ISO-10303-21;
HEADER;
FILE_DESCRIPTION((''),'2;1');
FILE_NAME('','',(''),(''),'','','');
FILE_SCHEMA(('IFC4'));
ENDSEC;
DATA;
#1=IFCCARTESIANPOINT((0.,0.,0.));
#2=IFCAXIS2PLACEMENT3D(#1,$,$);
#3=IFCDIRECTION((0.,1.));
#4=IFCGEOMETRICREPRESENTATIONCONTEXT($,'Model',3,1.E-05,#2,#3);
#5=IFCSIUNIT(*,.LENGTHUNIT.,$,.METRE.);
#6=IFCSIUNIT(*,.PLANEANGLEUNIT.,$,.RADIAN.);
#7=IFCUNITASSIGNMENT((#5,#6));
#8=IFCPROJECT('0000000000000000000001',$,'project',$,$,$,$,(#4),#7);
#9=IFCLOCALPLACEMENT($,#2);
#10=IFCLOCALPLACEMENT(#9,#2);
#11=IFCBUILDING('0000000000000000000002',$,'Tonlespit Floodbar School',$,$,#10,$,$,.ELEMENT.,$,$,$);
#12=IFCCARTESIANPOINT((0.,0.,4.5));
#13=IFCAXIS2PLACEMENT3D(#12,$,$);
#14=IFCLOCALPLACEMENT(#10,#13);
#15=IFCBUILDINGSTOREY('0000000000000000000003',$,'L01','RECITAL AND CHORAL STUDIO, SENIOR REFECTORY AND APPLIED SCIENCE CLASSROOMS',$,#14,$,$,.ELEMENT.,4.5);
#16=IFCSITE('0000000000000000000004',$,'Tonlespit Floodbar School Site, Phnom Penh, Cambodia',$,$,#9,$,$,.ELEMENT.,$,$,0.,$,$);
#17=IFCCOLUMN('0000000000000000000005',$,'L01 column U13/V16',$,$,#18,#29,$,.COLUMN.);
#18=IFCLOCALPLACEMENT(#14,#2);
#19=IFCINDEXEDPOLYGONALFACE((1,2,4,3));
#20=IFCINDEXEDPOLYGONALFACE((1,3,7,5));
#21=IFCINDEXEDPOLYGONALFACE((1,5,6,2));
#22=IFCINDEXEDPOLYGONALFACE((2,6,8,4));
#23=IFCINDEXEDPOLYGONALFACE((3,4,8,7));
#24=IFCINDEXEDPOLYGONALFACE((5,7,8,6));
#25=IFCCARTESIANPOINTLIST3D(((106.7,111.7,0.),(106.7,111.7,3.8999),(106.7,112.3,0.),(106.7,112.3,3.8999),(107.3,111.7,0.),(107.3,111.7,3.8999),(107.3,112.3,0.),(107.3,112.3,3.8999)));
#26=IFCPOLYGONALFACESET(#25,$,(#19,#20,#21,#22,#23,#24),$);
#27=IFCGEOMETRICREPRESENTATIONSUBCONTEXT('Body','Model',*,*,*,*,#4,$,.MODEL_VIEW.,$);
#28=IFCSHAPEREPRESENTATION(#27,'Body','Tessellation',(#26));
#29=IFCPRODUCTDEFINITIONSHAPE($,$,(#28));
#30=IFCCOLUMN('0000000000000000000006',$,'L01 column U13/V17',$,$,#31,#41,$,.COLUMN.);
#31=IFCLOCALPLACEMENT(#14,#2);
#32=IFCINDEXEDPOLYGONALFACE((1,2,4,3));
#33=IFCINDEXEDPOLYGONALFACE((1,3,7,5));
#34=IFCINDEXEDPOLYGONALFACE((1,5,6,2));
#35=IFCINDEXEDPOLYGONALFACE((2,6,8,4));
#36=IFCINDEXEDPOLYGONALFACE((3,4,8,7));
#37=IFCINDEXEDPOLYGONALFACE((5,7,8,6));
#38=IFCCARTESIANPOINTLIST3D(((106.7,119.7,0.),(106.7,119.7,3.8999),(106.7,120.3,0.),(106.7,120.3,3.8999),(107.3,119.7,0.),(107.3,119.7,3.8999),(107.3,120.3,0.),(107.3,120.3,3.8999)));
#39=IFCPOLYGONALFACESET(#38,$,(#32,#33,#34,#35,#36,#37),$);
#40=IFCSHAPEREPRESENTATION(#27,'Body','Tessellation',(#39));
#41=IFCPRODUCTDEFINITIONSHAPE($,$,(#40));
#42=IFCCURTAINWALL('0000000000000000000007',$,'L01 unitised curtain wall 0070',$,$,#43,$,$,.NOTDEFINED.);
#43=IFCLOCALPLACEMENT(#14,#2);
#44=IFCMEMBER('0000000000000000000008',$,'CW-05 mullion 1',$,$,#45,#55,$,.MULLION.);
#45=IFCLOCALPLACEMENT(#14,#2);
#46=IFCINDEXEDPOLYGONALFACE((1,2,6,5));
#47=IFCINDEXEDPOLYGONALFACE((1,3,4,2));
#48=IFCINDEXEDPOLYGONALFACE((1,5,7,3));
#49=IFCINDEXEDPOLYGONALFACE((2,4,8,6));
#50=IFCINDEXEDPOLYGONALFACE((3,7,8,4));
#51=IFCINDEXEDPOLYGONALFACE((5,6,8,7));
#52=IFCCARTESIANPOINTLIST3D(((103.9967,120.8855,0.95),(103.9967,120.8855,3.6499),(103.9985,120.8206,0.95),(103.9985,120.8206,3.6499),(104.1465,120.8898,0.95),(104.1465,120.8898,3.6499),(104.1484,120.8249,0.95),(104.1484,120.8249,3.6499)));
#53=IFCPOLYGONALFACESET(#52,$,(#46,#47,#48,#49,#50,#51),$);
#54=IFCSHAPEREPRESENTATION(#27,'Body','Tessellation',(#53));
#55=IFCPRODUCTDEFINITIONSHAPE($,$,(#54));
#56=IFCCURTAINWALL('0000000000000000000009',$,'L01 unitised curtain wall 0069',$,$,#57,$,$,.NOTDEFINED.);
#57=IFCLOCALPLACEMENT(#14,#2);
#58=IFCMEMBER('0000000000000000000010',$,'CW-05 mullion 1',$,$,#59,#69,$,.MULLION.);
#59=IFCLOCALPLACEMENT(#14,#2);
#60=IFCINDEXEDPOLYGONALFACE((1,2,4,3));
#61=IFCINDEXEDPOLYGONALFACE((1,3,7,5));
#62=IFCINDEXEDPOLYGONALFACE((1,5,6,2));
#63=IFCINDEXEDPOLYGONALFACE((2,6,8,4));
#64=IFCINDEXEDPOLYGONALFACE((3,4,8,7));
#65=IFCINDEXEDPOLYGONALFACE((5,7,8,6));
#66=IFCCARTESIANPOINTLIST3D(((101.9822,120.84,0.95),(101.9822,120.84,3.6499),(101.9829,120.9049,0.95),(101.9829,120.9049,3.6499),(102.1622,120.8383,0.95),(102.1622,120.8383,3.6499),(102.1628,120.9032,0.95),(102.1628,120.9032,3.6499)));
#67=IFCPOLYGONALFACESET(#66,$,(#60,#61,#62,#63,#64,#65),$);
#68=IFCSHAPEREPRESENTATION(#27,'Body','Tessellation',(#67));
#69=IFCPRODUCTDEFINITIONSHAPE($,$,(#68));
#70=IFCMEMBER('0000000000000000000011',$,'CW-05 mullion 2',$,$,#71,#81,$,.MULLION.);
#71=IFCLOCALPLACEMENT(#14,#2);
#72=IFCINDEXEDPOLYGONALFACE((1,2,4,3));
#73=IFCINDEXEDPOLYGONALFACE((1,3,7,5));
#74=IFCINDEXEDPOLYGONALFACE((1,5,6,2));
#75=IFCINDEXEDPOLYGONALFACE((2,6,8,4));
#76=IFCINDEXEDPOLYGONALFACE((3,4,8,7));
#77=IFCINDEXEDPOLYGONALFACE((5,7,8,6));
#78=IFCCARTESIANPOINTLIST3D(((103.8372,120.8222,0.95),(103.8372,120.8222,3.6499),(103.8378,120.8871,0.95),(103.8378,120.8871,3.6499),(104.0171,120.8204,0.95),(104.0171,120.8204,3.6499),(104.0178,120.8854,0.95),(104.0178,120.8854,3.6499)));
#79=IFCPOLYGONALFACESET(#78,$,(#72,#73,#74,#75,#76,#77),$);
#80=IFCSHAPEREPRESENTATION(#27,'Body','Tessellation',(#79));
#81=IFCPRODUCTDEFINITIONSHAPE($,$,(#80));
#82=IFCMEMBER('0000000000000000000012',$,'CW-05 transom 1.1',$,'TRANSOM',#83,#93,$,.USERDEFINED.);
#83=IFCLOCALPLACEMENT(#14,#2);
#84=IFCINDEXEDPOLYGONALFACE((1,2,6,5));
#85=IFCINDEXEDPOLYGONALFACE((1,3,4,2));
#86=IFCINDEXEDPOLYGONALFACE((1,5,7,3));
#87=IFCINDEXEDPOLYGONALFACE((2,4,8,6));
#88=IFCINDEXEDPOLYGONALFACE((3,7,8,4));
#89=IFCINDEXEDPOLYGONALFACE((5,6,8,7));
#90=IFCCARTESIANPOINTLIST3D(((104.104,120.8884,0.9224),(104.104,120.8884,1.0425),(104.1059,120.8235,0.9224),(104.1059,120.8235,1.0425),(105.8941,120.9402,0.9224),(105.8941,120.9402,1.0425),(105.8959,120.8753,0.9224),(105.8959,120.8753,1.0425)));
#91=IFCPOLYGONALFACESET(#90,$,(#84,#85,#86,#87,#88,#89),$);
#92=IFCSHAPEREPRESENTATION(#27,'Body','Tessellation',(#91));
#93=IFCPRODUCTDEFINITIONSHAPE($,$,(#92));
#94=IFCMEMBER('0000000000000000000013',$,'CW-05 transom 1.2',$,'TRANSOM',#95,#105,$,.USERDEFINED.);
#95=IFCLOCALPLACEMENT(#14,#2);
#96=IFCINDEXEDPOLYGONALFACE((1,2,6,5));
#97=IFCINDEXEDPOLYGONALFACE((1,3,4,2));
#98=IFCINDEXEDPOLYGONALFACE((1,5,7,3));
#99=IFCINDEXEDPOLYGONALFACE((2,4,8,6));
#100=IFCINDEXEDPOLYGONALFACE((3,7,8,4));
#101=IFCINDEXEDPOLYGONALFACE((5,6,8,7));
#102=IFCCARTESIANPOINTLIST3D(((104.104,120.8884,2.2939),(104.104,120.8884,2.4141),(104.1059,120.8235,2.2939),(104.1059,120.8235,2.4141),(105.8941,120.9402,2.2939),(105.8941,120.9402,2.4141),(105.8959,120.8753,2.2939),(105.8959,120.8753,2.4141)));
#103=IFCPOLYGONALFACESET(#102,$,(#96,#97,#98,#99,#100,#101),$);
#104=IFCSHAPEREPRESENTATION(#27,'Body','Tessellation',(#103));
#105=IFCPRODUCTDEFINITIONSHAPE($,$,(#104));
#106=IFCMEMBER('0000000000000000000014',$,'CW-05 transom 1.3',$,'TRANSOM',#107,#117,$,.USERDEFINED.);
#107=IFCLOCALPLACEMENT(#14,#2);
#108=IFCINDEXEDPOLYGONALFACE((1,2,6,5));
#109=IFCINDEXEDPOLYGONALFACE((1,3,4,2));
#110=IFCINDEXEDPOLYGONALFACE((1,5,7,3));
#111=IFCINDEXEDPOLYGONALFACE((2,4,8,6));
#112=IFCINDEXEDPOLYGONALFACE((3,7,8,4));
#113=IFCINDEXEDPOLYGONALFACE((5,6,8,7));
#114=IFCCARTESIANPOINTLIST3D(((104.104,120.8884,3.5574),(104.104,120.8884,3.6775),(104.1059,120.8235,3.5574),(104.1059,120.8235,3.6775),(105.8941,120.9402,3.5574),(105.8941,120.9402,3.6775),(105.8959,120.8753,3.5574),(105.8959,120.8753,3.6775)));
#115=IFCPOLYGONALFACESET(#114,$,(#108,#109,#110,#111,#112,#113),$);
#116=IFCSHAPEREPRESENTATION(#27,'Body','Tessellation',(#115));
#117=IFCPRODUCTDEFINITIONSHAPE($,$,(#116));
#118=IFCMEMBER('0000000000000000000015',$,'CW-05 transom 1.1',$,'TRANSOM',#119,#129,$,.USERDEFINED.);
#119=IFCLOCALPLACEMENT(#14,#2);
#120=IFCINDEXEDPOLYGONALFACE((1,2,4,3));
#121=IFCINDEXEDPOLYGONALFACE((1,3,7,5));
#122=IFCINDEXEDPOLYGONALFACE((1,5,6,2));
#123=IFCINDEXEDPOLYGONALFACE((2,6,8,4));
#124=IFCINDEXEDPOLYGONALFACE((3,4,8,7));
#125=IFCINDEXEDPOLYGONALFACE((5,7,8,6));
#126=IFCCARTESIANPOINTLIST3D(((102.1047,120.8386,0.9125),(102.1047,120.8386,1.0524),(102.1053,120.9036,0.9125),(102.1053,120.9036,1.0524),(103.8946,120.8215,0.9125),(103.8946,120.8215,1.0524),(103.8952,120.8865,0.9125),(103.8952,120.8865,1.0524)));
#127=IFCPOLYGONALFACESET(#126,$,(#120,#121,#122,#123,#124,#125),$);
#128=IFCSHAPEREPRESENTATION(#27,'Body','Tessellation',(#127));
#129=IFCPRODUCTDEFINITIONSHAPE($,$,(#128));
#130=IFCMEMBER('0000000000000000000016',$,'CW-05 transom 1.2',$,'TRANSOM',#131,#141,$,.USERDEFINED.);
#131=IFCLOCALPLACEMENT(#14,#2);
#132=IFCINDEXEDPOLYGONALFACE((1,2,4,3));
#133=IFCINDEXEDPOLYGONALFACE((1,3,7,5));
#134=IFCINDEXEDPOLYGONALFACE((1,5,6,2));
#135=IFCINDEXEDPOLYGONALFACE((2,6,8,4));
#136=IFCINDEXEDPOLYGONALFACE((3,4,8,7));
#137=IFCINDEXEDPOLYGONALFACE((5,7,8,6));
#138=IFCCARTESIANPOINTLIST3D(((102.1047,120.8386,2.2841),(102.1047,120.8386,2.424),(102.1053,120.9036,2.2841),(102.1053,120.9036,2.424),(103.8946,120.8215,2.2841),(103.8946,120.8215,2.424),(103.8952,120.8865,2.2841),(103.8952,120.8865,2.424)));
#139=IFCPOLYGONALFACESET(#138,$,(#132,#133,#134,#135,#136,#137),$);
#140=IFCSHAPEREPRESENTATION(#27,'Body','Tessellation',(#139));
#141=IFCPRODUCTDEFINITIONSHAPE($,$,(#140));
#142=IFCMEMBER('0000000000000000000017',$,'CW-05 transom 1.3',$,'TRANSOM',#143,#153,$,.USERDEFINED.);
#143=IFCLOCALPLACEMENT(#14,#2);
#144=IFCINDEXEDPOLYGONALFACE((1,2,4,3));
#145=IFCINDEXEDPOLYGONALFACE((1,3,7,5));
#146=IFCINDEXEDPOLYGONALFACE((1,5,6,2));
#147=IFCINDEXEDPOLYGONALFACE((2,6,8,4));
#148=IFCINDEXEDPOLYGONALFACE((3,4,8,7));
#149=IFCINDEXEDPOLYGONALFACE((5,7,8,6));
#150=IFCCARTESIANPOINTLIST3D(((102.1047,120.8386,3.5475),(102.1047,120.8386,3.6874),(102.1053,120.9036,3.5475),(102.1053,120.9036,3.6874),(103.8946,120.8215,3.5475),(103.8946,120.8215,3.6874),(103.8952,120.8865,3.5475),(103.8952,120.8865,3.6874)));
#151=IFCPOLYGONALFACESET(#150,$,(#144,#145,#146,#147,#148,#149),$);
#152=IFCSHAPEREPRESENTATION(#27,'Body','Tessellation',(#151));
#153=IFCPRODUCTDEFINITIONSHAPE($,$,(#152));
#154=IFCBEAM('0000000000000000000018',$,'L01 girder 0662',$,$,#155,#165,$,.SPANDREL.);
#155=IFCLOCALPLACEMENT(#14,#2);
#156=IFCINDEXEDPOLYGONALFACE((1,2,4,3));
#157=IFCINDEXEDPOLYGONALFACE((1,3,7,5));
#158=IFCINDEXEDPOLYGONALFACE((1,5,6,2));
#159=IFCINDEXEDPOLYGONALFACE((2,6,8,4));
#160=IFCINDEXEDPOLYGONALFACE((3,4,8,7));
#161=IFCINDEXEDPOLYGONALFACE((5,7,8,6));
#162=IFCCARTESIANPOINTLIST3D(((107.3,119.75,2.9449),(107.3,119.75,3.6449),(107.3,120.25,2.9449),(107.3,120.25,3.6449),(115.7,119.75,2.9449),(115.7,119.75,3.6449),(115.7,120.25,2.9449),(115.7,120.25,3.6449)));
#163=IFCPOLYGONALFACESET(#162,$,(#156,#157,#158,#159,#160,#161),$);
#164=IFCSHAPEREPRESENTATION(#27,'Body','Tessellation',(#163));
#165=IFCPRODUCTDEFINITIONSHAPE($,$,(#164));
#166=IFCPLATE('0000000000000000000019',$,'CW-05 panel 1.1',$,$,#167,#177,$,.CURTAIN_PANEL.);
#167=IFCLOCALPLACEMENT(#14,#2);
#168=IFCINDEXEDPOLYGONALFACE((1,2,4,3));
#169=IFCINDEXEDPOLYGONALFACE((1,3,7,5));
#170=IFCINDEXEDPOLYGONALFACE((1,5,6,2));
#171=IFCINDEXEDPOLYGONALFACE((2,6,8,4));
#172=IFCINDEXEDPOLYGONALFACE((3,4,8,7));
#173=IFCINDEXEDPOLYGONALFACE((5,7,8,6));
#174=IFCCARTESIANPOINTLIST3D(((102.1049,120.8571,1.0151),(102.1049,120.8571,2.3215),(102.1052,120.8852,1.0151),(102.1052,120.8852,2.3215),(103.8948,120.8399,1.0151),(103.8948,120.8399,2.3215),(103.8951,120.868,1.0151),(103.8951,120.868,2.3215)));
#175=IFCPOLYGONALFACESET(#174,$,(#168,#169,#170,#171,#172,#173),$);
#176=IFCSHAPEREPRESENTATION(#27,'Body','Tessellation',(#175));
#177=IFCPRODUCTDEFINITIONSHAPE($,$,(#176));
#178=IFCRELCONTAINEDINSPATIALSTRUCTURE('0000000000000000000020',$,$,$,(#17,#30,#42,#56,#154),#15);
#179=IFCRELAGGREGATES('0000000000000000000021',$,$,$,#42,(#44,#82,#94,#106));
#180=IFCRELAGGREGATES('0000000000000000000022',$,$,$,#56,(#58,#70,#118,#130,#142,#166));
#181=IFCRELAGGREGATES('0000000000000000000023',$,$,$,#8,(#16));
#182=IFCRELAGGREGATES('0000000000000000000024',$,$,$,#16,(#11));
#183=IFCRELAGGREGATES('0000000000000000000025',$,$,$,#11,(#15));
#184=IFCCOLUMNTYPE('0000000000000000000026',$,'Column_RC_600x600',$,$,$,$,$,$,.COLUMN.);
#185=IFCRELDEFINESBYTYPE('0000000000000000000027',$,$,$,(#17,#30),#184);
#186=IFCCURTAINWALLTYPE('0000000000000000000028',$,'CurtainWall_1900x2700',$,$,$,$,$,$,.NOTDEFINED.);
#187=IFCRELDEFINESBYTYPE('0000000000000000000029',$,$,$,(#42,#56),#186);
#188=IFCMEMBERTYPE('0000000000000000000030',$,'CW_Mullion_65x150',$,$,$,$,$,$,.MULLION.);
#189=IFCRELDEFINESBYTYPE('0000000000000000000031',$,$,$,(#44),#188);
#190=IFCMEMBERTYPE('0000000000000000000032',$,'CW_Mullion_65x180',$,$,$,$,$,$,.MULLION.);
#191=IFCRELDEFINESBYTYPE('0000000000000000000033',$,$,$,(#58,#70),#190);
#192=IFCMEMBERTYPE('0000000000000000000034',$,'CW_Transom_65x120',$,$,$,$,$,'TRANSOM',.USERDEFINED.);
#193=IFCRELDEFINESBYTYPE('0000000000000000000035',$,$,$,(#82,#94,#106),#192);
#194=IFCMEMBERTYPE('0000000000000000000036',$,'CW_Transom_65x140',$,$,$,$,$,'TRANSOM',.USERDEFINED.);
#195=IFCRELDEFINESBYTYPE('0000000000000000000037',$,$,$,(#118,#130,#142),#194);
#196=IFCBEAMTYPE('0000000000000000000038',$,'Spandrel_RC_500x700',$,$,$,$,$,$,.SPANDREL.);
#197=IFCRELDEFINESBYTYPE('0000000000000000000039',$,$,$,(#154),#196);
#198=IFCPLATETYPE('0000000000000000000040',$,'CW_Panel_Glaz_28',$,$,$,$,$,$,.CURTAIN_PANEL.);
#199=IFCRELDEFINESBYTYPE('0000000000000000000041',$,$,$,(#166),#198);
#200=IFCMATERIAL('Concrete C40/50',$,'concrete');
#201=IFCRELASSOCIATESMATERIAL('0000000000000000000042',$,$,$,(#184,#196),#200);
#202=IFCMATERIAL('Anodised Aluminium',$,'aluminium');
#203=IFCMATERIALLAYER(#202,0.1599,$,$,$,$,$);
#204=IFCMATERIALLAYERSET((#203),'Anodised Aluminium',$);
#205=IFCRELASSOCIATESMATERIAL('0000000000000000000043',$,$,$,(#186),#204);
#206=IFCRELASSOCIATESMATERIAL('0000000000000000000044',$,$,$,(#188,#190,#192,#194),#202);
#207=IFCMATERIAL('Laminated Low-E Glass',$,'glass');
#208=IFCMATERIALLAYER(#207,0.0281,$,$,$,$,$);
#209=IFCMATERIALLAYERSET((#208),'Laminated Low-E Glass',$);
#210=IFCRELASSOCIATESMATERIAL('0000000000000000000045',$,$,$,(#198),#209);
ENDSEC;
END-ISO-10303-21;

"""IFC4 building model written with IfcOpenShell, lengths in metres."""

from ifc_helpers import new_model, si_unit, direction, frame, origin, origin_2d, place, context, subcontext, project, spatial, rectangle, extrude, material, layer, layer_set, material_profile, profile_set, type_object, element, aggregate, save


model = new_model("IFC4")

# Units and contexts
model_context = context("Model", 3, precision=1e-05, world=origin(), true_north=direction((0.0, 1.0)))
body_context = subcontext(model_context, "Body", "Model", "MODEL_VIEW")
ifc_project = project(units=[si_unit("LENGTHUNIT", "METRE"), si_unit("PLANEANGLEUNIT", "RADIAN")], contexts=[model_context])

# Site, building, storey
site_placement = place(None, origin())
site = spatial("IfcSite", under=ifc_project, at=site_placement, Name="Tonlespit Floodbar School Site, Phnom Penh, Cambodia", CompositionType="ELEMENT", RefElevation=0.0)
building_placement = place(site_placement, origin())
building = spatial("IfcBuilding", under=site, at=building_placement, Name="Tonlespit Floodbar School", CompositionType="ELEMENT")
storey_placement = place(building_placement, frame((0.0, 0.0, 4.5)))
storey = spatial("IfcBuildingStorey", under=building, at=storey_placement, Name="L01", Description="RECITAL AND CHORAL STUDIO, SENIOR REFECTORY AND APPLIED SCIENCE CLASSROOMS", CompositionType="ELEMENT", Elevation=4.5)

# Columns
ifc_material_1 = material(Name="Concrete C40/50", Category="concrete")
ifc_material_profile_1 = material_profile(ifc_material_1, rectangle(XDim=0.6001, YDim=0.6001, at=origin_2d()), Name="RC 600x600")
ifc_profile_set_1 = profile_set([ifc_material_profile_1], Name="Concrete C40/50")
column_type = type_object("IfcColumnType", Name="Column_RC_600x600", PredefinedType="COLUMN", material=ifc_profile_set_1)
for number, where, z_axis, x_axis, name in (
    (1, (107.0, 112.0, 0.0), (0.0, 0.0, 1.0), (1.0, 0.0, 0.0), "L01 column U13/V16"),
    (2, (107.0, 120.0, 0.0), (0.0, 0.0, 1.0), (1.0, 0.0, 0.0), "L01 column U13/V17"),
):
    element("IfcColumn", number, at=place(storey_placement, frame(where, z_axis=z_axis, x_axis=x_axis)), inside=storey, type_object=column_type, Name=name, PredefinedType="COLUMN", context=body_context, shape_type="SweptSolid", body=[
        extrude(rectangle(XDim=0.6001, YDim=0.6001, at=origin_2d()), origin(), (0.0, 0.0, 1.0), 3.8999),
    ])

# Curtain wall, member
ifc_material_2 = material(Name="Anodised Aluminium", Category="aluminium")
ifc_layer_1 = layer(ifc_material_2, 0.1599)
ifc_layer_set_1 = layer_set([ifc_layer_1], Name="Anodised Aluminium")
curtain_wall_type = type_object("IfcCurtainWallType", Name="CurtainWall_1900x2700", PredefinedType="NOTDEFINED", material=ifc_layer_set_1)
curtain_wall_1_placement = place(storey_placement, origin())
curtain_wall_1 = element("IfcCurtainWall", 3, at=curtain_wall_1_placement, inside=storey, type_object=curtain_wall_type, Name="L01 unitised curtain wall 0070", PredefinedType="NOTDEFINED")
ifc_material_profile_2 = material_profile(ifc_material_2, rectangle(XDim=0.0649, YDim=0.1499, at=origin_2d()), Name="ALU M65x150")
ifc_profile_set_2 = profile_set([ifc_material_profile_2], Name="Anodised Aluminium")
member_type_1 = type_object("IfcMemberType", Name="CW_Mullion_65x150", PredefinedType="MULLION", material=ifc_profile_set_2)
member_1_placement = place(storey_placement, frame((104.0725, 120.8552, 0.95), z_axis=(0.0, 0.0, 1.0), x_axis=(-0.02879, 0.999585, 0.0)))
member_1 = element("IfcMember", 4, at=member_1_placement, type_object=member_type_1, Name="CW-05 mullion 1", PredefinedType="MULLION", context=body_context, shape_type="SweptSolid", body=[
    extrude(rectangle(XDim=0.0649, YDim=0.1499, at=origin_2d()), origin(), (0.0, 0.0, 1.0), 2.7),
])

# Curtain wall, members
curtain_wall_2_placement = place(storey_placement, origin())
curtain_wall_2 = element("IfcCurtainWall", 5, at=curtain_wall_2_placement, inside=storey, type_object=curtain_wall_type, Name="L01 unitised curtain wall 0069", PredefinedType="NOTDEFINED")
ifc_material_profile_3 = material_profile(ifc_material_2, rectangle(XDim=0.0649, YDim=0.1799, at=origin_2d()), Name="ALU M65x180")
ifc_profile_set_3 = profile_set([ifc_material_profile_3], Name="Anodised Aluminium")
member_type_2 = type_object("IfcMemberType", Name="CW_Mullion_65x180", PredefinedType="MULLION", material=ifc_profile_set_3)
member_2_placement = place(storey_placement, frame((102.0725, 120.8716, 0.95), z_axis=(0.0, 0.0, 1.0), x_axis=(0.009583, 0.999954, 0.0)))
member_2 = element("IfcMember", 6, at=member_2_placement, type_object=member_type_2, Name="CW-05 mullion 1", PredefinedType="MULLION", context=body_context, shape_type="SweptSolid", body=[
    extrude(rectangle(XDim=0.0649, YDim=0.1799, at=origin_2d()), origin(), (0.0, 0.0, 1.0), 2.7),
])
member_3_placement = place(storey_placement, frame((103.9275, 120.8538, 0.95), z_axis=(0.0, 0.0, 1.0), x_axis=(0.009583, 0.999954, 0.0)))
member_3 = element("IfcMember", 7, at=member_3_placement, type_object=member_type_2, Name="CW-05 mullion 2", PredefinedType="MULLION", context=body_context, shape_type="SweptSolid", body=[
    extrude(rectangle(XDim=0.0649, YDim=0.1799, at=origin_2d()), origin(), (0.0, 0.0, 1.0), 2.7),
])

# Members
ifc_material_profile_4 = material_profile(ifc_material_2, rectangle(XDim=0.0649, YDim=0.1201, at=origin_2d()), Name="ALU T65x120")
ifc_profile_set_4 = profile_set([ifc_material_profile_4], Name="Anodised Aluminium")
member_type_3 = type_object("IfcMemberType", Name="CW_Transom_65x120", ElementType="TRANSOM", PredefinedType="USERDEFINED", material=ifc_profile_set_4)
member_4_placement = place(storey_placement, frame((104.105, 120.856, 0.9824), z_axis=(0.999582, 0.028902, 0.0), x_axis=(-0.028902, 0.999582, 0.0)))
member_4 = element("IfcMember", 8, at=member_4_placement, type_object=member_type_3, Name="CW-05 transom 1.1", ObjectType="TRANSOM", PredefinedType="USERDEFINED", context=body_context, shape_type="SweptSolid", body=[
    extrude(rectangle(XDim=0.0649, YDim=0.1201, at=origin_2d()), origin(), (0.0, 0.0, 1.0), 1.7908),
])
member_5_placement = place(storey_placement, frame((104.105, 120.856, 2.354), z_axis=(0.999582, 0.028902, 0.0), x_axis=(-0.028902, 0.999582, 0.0)))
member_5 = element("IfcMember", 9, at=member_5_placement, type_object=member_type_3, Name="CW-05 transom 1.2", ObjectType="TRANSOM", PredefinedType="USERDEFINED", context=body_context, shape_type="SweptSolid", body=[
    extrude(rectangle(XDim=0.0649, YDim=0.1201, at=origin_2d()), origin(), (0.0, 0.0, 1.0), 1.7908),
])
member_6_placement = place(storey_placement, frame((104.105, 120.856, 3.6174), z_axis=(0.999582, 0.028902, 0.0), x_axis=(-0.028902, 0.999582, 0.0)))
member_6 = element("IfcMember", 10, at=member_6_placement, type_object=member_type_3, Name="CW-05 transom 1.3", ObjectType="TRANSOM", PredefinedType="USERDEFINED", context=body_context, shape_type="SweptSolid", body=[
    extrude(rectangle(XDim=0.0649, YDim=0.1201, at=origin_2d()), origin(), (0.0, 0.0, 1.0), 1.7908),
])
aggregate(curtain_wall_1, [member_1, member_4, member_5, member_6])
ifc_material_profile_5 = material_profile(ifc_material_2, rectangle(XDim=0.0649, YDim=0.1399, at=origin_2d()), Name="ALU T65x140")
ifc_profile_set_5 = profile_set([ifc_material_profile_5], Name="Anodised Aluminium")
member_type_4 = type_object("IfcMemberType", Name="CW_Transom_65x140", ElementType="TRANSOM", PredefinedType="USERDEFINED", material=ifc_profile_set_5)
member_7_placement = place(storey_placement, frame((102.105, 120.8711, 0.9824), z_axis=(0.999954, -0.009547, 0.0), x_axis=(0.009547, 0.999954, 0.0)))
member_7 = element("IfcMember", 11, at=member_7_placement, type_object=member_type_4, Name="CW-05 transom 1.1", ObjectType="TRANSOM", PredefinedType="USERDEFINED", context=body_context, shape_type="SweptSolid", body=[
    extrude(rectangle(XDim=0.0649, YDim=0.1399, at=origin_2d()), origin(), (0.0, 0.0, 1.0), 1.79),
])
member_8_placement = place(storey_placement, frame((102.105, 120.8711, 2.354), z_axis=(0.999954, -0.009547, 0.0), x_axis=(0.009547, 0.999954, 0.0)))
member_8 = element("IfcMember", 12, at=member_8_placement, type_object=member_type_4, Name="CW-05 transom 1.2", ObjectType="TRANSOM", PredefinedType="USERDEFINED", context=body_context, shape_type="SweptSolid", body=[
    extrude(rectangle(XDim=0.0649, YDim=0.1399, at=origin_2d()), origin(), (0.0, 0.0, 1.0), 1.79),
])
member_9_placement = place(storey_placement, frame((102.105, 120.8711, 3.6174), z_axis=(0.999954, -0.009547, 0.0), x_axis=(0.009547, 0.999954, 0.0)))
member_9 = element("IfcMember", 13, at=member_9_placement, type_object=member_type_4, Name="CW-05 transom 1.3", ObjectType="TRANSOM", PredefinedType="USERDEFINED", context=body_context, shape_type="SweptSolid", body=[
    extrude(rectangle(XDim=0.0649, YDim=0.1399, at=origin_2d()), origin(), (0.0, 0.0, 1.0), 1.79),
])

# Beam
ifc_material_profile_6 = material_profile(ifc_material_1, rectangle(XDim=0.5, YDim=0.7, at=origin_2d()), Name="RC 500x700")
ifc_profile_set_6 = profile_set([ifc_material_profile_6], Name="Concrete C40/50")
beam_type = type_object("IfcBeamType", Name="Spandrel_RC_500x700", PredefinedType="SPANDREL", material=ifc_profile_set_6)
beam_placement = place(storey_placement, frame((107.3, 120.0, 3.2949), z_axis=(1.0, 0.0, 0.0), x_axis=(0.0, 1.0, 0.0)))
element("IfcBeam", 14, at=beam_placement, inside=storey, type_object=beam_type, Name="L01 girder 0662", PredefinedType="SPANDREL", context=body_context, shape_type="SweptSolid", body=[
    extrude(rectangle(XDim=0.5, YDim=0.7, at=origin_2d()), origin(), (0.0, 0.0, 1.0), 8.3999),
])

# Plate
ifc_material_3 = material(Name="Laminated Low-E Glass", Category="glass")
ifc_layer_2 = layer(ifc_material_3, 0.0281)
ifc_layer_set_2 = layer_set([ifc_layer_2], Name="Laminated Low-E Glass")
plate_type = type_object("IfcPlateType", Name="CW_Panel_Glaz_28", PredefinedType="CURTAIN_PANEL", material=ifc_layer_set_2)
plate_1_placement = place(storey_placement, frame((103.0, 120.8625, 1.0151), z_axis=(0.0, 0.0, 1.0), x_axis=(0.999954, -0.009583, 0.0)))
plate_1 = element("IfcPlate", 15, at=plate_1_placement, type_object=plate_type, Name="CW-05 panel 1.1", PredefinedType="CURTAIN_PANEL", context=body_context, shape_type="SweptSolid", body=[
    extrude(rectangle(XDim=1.79, YDim=0.0281, at=origin_2d()), origin(), (0.0, 0.0, 1.0), 1.3064),
])
aggregate(curtain_wall_2, [member_2, member_3, member_7, member_8, member_9, plate_1])

save(model, "model.ifc")
